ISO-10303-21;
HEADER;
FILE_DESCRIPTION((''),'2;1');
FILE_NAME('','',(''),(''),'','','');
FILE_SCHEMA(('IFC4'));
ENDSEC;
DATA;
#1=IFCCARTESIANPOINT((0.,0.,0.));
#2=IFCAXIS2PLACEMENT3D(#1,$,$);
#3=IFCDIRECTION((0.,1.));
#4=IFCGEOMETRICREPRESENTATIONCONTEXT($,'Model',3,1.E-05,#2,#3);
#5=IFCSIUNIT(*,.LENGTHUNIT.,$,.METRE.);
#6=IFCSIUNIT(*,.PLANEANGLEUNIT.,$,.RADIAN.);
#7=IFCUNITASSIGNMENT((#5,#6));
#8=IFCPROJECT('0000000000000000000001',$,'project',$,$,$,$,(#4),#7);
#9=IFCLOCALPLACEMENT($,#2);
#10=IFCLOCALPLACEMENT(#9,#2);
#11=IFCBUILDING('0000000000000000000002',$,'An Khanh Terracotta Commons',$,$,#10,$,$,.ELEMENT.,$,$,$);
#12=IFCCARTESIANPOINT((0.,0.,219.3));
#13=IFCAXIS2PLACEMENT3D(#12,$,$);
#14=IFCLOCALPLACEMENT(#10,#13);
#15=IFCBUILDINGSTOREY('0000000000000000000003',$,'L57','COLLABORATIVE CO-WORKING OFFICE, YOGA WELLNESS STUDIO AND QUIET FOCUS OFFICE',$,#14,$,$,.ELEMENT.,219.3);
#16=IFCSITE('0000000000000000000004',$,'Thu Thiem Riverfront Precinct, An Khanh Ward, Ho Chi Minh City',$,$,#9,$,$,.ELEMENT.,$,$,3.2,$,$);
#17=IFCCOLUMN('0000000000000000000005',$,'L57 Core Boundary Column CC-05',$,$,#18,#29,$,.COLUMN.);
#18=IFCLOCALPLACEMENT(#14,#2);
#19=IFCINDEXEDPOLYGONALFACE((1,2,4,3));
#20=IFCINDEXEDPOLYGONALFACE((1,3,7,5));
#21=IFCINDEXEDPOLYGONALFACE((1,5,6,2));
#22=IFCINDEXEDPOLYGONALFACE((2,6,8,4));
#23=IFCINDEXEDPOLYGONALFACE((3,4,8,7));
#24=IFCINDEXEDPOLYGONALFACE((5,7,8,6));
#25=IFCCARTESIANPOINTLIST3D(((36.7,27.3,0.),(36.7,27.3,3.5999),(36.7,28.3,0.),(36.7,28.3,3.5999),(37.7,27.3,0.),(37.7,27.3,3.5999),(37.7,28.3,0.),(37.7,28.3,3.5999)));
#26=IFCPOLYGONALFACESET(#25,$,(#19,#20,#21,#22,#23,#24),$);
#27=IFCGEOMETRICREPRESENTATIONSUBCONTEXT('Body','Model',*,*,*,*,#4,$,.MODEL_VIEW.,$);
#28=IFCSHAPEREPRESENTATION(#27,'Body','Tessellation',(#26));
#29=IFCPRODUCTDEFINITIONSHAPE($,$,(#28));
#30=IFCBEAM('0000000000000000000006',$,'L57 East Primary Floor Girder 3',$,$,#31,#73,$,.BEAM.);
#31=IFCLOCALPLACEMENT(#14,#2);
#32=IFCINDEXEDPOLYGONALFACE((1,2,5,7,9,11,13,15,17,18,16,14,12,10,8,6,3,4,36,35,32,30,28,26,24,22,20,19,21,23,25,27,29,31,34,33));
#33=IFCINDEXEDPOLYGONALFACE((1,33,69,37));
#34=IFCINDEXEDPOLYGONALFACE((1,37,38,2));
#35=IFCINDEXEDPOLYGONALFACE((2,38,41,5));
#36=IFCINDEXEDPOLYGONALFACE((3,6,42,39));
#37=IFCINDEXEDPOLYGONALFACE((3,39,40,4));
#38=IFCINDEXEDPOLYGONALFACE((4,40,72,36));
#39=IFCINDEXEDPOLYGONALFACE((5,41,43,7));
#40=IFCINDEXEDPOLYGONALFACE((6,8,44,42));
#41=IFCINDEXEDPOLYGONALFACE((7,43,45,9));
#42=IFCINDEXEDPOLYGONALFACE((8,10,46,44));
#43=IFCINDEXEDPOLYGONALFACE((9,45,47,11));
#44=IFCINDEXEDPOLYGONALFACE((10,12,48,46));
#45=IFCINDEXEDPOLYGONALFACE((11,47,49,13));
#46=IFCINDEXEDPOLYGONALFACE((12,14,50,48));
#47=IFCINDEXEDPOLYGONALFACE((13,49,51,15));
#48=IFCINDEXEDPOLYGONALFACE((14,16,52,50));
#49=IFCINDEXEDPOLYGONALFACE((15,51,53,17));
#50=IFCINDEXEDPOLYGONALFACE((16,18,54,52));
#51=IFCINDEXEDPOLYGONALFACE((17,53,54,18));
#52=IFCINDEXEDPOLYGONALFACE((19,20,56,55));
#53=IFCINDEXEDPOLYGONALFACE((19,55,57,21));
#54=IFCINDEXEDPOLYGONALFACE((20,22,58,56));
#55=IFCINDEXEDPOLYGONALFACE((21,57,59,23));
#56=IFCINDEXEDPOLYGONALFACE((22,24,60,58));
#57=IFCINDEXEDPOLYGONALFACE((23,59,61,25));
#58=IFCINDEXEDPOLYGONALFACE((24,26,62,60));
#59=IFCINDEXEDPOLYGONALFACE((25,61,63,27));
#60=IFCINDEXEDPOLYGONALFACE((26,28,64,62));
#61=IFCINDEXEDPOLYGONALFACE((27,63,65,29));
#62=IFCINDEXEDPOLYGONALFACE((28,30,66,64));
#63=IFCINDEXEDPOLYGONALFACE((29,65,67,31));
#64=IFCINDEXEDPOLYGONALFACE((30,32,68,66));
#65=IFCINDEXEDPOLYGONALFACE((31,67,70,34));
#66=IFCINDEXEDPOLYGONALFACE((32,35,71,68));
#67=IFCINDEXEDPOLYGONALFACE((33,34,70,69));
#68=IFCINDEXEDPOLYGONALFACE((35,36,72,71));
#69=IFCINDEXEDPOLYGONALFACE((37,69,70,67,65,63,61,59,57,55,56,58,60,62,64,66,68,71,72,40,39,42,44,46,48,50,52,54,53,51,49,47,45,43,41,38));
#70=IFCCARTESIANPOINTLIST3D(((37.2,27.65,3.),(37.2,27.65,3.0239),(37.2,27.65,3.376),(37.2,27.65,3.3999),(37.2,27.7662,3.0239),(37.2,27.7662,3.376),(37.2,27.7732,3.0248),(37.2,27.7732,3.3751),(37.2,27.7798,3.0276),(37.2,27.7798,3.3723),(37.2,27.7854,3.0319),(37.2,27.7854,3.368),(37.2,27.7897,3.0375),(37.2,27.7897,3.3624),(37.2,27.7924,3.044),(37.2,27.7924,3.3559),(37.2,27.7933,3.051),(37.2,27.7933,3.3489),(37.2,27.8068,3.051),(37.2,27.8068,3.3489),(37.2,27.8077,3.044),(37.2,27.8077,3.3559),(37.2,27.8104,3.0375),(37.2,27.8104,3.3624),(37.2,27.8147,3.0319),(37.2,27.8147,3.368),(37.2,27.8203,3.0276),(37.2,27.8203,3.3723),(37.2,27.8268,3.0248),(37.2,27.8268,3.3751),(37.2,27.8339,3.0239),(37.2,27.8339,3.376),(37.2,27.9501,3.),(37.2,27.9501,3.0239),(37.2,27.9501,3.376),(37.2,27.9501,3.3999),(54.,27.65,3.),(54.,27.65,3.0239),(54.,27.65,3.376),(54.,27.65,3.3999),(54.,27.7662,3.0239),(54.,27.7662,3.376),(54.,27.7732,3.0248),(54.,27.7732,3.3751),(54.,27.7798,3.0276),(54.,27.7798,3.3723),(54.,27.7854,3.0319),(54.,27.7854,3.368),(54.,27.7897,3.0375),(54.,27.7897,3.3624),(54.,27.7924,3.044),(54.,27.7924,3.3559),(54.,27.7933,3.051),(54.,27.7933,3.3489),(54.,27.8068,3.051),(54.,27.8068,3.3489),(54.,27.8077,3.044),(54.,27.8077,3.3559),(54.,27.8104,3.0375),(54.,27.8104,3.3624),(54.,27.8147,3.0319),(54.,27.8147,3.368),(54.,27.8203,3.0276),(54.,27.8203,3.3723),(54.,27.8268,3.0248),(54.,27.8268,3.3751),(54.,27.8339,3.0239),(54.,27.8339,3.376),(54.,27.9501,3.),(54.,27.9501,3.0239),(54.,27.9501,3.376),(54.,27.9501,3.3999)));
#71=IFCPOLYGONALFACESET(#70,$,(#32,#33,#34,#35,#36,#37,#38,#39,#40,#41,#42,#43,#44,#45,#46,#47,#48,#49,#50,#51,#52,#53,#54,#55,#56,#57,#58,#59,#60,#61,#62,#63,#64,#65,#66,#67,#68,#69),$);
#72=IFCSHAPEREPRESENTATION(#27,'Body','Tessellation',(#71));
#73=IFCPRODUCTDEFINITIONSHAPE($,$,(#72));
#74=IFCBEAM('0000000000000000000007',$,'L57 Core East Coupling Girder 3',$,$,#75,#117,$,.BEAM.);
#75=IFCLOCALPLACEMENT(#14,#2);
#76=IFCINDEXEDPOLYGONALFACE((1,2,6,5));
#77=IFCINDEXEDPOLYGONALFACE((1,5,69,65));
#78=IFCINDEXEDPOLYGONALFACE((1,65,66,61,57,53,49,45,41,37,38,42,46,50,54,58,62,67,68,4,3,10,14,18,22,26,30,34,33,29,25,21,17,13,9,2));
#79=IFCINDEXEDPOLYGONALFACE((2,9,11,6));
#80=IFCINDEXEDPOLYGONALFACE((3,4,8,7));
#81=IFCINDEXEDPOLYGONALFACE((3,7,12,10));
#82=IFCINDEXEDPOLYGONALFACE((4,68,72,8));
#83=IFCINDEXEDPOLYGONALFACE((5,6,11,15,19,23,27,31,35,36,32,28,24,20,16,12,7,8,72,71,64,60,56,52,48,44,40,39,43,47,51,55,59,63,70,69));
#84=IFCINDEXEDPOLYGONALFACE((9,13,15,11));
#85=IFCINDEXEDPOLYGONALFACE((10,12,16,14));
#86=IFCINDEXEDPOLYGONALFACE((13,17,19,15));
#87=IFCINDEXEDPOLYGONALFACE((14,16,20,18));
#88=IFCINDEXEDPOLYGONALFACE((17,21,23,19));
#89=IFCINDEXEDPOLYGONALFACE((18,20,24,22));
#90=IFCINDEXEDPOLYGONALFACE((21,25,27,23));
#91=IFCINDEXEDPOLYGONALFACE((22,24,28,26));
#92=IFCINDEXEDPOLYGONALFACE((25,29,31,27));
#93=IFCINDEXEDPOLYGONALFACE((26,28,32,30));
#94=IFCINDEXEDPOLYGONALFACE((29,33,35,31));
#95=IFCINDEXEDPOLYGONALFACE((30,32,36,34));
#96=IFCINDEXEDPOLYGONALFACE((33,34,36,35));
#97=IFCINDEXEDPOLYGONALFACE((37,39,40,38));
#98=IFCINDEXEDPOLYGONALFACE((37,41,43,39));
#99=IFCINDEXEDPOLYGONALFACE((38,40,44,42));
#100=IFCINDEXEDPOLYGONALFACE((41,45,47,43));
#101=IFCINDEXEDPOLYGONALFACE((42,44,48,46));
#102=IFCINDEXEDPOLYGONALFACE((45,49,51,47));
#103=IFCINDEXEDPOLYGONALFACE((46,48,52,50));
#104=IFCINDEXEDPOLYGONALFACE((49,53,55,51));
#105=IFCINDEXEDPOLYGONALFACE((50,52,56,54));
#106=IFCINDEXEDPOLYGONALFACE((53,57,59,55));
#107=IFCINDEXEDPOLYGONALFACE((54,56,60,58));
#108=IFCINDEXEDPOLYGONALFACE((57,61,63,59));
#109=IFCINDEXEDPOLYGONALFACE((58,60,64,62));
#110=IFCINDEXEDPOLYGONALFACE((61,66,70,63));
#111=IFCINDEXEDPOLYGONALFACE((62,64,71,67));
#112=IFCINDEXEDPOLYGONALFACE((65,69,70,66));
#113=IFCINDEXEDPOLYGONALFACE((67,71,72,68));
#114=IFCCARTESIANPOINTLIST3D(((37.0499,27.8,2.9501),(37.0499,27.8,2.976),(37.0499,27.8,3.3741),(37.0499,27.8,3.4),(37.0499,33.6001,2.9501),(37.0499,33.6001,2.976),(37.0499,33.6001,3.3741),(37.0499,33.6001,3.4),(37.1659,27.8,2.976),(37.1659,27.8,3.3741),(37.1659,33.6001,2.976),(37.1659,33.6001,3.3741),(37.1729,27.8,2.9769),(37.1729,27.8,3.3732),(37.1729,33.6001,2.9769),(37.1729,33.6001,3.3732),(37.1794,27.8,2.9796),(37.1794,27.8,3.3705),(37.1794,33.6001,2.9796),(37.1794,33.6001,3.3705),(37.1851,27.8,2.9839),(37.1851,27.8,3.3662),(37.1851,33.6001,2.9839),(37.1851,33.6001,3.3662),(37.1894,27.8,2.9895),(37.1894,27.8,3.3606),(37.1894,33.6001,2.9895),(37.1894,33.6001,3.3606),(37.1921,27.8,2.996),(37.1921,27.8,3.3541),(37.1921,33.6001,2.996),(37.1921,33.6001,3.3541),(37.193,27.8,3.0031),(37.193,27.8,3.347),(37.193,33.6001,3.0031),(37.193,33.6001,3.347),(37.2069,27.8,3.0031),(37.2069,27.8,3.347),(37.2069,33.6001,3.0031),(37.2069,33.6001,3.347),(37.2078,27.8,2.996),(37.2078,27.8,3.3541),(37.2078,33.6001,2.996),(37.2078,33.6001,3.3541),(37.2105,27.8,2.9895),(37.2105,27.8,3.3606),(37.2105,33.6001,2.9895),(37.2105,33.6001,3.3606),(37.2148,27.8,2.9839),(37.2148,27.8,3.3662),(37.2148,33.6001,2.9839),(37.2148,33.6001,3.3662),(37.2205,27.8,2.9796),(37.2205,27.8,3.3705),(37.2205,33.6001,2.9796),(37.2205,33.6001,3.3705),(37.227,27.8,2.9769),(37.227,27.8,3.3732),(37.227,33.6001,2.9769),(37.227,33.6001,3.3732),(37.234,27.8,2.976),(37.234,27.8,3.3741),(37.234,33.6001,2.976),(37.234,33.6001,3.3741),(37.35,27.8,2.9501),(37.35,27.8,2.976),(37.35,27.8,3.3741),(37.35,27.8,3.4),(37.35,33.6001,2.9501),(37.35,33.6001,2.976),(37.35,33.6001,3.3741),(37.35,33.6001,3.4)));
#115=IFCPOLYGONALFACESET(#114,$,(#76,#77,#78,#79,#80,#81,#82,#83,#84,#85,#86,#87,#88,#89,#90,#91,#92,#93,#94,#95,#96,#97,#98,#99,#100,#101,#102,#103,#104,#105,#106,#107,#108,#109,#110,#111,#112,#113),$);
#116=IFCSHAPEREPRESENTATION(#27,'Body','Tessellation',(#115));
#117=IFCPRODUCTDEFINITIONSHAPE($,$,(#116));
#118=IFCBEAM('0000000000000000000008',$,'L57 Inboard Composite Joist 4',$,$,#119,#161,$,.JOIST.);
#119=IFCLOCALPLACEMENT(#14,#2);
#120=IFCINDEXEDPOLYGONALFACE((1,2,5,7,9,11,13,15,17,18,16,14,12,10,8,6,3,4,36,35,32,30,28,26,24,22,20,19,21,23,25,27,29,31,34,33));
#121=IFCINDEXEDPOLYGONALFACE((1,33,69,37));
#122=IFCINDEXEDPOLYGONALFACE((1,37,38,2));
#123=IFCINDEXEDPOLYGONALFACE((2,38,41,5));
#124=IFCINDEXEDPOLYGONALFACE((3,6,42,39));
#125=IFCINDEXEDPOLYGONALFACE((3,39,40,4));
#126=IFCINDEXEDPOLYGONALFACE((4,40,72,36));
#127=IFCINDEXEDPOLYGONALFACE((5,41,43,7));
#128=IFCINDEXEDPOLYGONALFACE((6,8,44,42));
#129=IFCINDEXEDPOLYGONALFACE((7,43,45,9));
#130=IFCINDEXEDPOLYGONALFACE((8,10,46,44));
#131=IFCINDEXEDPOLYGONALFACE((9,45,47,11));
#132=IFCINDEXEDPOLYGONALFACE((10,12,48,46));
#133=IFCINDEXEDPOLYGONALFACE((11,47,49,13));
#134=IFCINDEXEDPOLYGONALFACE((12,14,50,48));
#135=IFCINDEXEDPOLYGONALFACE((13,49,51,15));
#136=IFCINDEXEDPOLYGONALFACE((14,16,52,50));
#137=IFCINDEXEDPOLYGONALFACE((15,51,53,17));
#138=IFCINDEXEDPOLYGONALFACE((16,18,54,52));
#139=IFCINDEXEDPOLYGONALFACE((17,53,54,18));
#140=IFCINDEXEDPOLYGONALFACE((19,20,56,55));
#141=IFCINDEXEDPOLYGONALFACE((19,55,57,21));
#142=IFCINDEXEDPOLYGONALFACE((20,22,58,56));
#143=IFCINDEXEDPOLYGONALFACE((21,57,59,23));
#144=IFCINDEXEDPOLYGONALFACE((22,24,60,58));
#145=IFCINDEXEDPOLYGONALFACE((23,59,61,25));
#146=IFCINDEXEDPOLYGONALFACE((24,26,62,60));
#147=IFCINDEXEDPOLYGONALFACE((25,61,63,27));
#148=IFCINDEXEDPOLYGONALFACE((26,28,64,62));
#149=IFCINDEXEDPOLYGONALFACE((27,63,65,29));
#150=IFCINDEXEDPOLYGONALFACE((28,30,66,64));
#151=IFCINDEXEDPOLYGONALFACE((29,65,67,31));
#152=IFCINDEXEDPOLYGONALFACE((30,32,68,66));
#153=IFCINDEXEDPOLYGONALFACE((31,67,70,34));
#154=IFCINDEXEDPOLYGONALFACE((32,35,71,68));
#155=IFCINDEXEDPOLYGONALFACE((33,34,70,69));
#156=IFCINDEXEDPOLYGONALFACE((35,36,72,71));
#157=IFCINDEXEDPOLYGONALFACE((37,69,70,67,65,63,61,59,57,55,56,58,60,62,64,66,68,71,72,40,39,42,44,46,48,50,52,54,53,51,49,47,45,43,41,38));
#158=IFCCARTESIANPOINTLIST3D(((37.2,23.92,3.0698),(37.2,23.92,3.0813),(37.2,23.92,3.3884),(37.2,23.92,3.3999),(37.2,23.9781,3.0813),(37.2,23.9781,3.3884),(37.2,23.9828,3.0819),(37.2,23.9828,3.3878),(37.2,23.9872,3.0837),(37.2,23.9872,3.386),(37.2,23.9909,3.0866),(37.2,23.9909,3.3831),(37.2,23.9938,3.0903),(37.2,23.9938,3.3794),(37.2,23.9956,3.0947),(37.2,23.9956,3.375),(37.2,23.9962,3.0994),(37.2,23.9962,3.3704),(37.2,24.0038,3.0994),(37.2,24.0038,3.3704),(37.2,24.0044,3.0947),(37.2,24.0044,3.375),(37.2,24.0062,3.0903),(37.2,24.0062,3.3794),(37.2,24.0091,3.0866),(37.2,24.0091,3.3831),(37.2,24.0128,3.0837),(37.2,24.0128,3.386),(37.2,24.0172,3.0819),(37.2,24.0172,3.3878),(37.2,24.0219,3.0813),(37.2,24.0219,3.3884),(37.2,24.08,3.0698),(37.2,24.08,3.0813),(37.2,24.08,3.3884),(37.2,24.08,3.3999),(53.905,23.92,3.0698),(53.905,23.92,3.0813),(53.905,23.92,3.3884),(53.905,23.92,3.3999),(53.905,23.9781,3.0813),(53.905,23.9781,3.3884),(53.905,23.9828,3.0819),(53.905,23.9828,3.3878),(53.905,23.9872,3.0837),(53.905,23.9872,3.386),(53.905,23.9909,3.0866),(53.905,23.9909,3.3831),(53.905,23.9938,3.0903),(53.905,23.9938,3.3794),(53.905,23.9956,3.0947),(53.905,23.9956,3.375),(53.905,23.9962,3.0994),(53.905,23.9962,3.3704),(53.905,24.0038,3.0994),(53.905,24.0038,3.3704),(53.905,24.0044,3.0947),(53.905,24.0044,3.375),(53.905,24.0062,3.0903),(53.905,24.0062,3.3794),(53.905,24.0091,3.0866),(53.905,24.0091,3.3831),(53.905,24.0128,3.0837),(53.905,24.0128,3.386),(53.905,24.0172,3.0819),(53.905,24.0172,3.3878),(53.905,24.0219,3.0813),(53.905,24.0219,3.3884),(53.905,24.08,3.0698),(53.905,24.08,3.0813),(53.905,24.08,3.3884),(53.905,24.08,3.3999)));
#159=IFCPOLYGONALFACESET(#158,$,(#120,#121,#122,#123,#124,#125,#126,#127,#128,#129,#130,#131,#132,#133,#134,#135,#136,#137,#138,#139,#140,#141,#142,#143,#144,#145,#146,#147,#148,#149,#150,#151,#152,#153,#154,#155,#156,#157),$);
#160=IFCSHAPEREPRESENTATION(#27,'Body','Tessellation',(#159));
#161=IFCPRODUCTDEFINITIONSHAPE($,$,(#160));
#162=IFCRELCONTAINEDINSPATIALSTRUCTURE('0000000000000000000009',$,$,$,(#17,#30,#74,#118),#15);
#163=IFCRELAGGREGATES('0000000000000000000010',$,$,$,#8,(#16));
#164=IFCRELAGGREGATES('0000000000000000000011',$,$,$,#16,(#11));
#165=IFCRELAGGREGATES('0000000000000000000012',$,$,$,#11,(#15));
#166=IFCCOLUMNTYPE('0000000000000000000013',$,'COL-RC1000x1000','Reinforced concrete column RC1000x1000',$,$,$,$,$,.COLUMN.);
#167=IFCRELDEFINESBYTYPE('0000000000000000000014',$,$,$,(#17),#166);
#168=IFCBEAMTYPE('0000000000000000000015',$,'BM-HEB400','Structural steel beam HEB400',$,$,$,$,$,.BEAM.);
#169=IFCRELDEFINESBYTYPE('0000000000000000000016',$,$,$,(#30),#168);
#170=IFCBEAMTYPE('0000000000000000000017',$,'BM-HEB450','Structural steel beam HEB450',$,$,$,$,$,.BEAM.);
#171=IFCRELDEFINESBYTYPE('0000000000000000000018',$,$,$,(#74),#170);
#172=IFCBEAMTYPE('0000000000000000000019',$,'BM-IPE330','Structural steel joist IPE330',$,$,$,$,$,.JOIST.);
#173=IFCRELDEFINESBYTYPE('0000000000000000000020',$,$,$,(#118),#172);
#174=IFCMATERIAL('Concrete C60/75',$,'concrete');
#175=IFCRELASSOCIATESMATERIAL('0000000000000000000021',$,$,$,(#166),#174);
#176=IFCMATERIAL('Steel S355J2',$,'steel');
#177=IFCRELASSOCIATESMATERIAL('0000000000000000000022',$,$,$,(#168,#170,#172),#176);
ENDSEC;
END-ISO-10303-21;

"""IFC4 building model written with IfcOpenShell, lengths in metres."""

from ifc_helpers import new_model, si_unit, direction, frame, origin, origin_2d, place, context, subcontext, project, spatial, rectangle, i_section, extrude, material, material_profile, profile_set, type_object, element, save


model = new_model("IFC4")

# Units and contexts
model_context = context("Model", 3, precision=1e-05, world=origin(), true_north=direction((0.0, 1.0)))
body_context = subcontext(model_context, "Body", "Model", "MODEL_VIEW")
ifc_project = project(units=[si_unit("LENGTHUNIT", "METRE"), si_unit("PLANEANGLEUNIT", "RADIAN")], contexts=[model_context])

# Site, building, storey
site_placement = place(None, origin())
site = spatial("IfcSite", under=ifc_project, at=site_placement, Name="Thu Thiem Riverfront Precinct, An Khanh Ward, Ho Chi Minh City", CompositionType="ELEMENT", RefElevation=3.2)
building_placement = place(site_placement, origin())
building = spatial("IfcBuilding", under=site, at=building_placement, Name="An Khanh Terracotta Commons", CompositionType="ELEMENT")
storey_placement = place(building_placement, frame((0.0, 0.0, 219.3)))
storey = spatial("IfcBuildingStorey", under=building, at=storey_placement, Name="L57", Description="COLLABORATIVE CO-WORKING OFFICE, YOGA WELLNESS STUDIO AND QUIET FOCUS OFFICE", CompositionType="ELEMENT", Elevation=219.3)

# Column
ifc_material_1 = material(Name="Concrete C60/75", Category="concrete")
ifc_material_profile_1 = material_profile(ifc_material_1, rectangle(XDim=1.0, YDim=1.0, at=origin_2d()), Name="RC1000x1000")
ifc_profile_set_1 = profile_set([ifc_material_profile_1], Name="Concrete C60/75")
column_type = type_object("IfcColumnType", Name="COL-RC1000x1000", Description="Reinforced concrete column RC1000x1000", PredefinedType="COLUMN", material=ifc_profile_set_1)
column_placement = place(storey_placement, frame((37.2, 27.8, 0.0), z_axis=(0.0, 0.0, 1.0), x_axis=(1.0, 0.0, 0.0)))
element("IfcColumn", 1, at=column_placement, inside=storey, type_object=column_type, Name="L57 Core Boundary Column CC-05", PredefinedType="COLUMN", context=body_context, shape_type="SweptSolid", body=[
    extrude(rectangle(XDim=1.0, YDim=1.0, at=origin_2d()), origin(), (0.0, 0.0, 1.0), 3.5999),
])

# Beams
ifc_material_2 = material(Name="Steel S355J2", Category="steel")
ifc_material_profile_2 = material_profile(ifc_material_2, i_section(OverallWidth=0.3, OverallDepth=0.3999, WebThickness=0.0134, FlangeThickness=0.0239, FilletRadius=0.0271, at=origin_2d()), Name="HEB400")
ifc_profile_set_2 = profile_set([ifc_material_profile_2], Name="Steel S355J2")
beam_type_1 = type_object("IfcBeamType", Name="BM-HEB400", Description="Structural steel beam HEB400", PredefinedType="BEAM", material=ifc_profile_set_2)
beam_1_placement = place(storey_placement, frame((37.2, 27.8, 3.2), z_axis=(1.0, 0.0, 0.0), x_axis=(0.0, 1.0, 0.0)))
element("IfcBeam", 2, at=beam_1_placement, inside=storey, type_object=beam_type_1, Name="L57 East Primary Floor Girder 3", PredefinedType="BEAM", context=body_context, shape_type="SweptSolid", body=[
    extrude(i_section(OverallWidth=0.3, OverallDepth=0.3999, WebThickness=0.0134, FlangeThickness=0.0239, FilletRadius=0.0271, at=origin_2d()), origin(), (0.0, 0.0, 1.0), 16.8),
])
ifc_material_profile_3 = material_profile(ifc_material_2, i_section(OverallWidth=0.3, OverallDepth=0.45, WebThickness=0.0139, FlangeThickness=0.0259, FilletRadius=0.0271, at=origin_2d()), Name="HEB450")
ifc_profile_set_3 = profile_set([ifc_material_profile_3], Name="Steel S355J2")
beam_type_2 = type_object("IfcBeamType", Name="BM-HEB450", Description="Structural steel beam HEB450", PredefinedType="BEAM", material=ifc_profile_set_3)
beam_2_placement = place(storey_placement, frame((37.2, 27.8, 3.175), z_axis=(0.0, 1.0, 0.0), x_axis=(-1.0, 0.0, 0.0)))
element("IfcBeam", 3, at=beam_2_placement, inside=storey, type_object=beam_type_2, Name="L57 Core East Coupling Girder 3", PredefinedType="BEAM", context=body_context, shape_type="SweptSolid", body=[
    extrude(i_section(OverallWidth=0.3, OverallDepth=0.45, WebThickness=0.0139, FlangeThickness=0.0259, FilletRadius=0.0271, at=origin_2d()), origin(), (0.0, 0.0, 1.0), 5.8),
])
ifc_material_profile_4 = material_profile(ifc_material_2, i_section(OverallWidth=0.1599, OverallDepth=0.3301, WebThickness=0.0076, FlangeThickness=0.0115, FilletRadius=0.0181, at=origin_2d()), Name="IPE330")
ifc_profile_set_4 = profile_set([ifc_material_profile_4], Name="Steel S355J2")
beam_type_3 = type_object("IfcBeamType", Name="BM-IPE330", Description="Structural steel joist IPE330", PredefinedType="JOIST", material=ifc_profile_set_4)
for number, where, z_axis, x_axis, name in (
    (4, (37.2, 24.0, 3.2349), (1.0, 0.0, 0.0), (0.0, 1.0, 0.0), "L57 Inboard Composite Joist 4"),
):
    element("IfcBeam", number, at=place(storey_placement, frame(where, z_axis=z_axis, x_axis=x_axis)), inside=storey, type_object=beam_type_3, Name=name, PredefinedType="JOIST", context=body_context, shape_type="SweptSolid", body=[
        extrude(i_section(OverallWidth=0.1599, OverallDepth=0.3301, WebThickness=0.0076, FlangeThickness=0.0115, FilletRadius=0.0181, at=origin_2d()), origin(), (0.0, 0.0, 1.0), 16.7051),
    ])

save(model, "model.ifc")
